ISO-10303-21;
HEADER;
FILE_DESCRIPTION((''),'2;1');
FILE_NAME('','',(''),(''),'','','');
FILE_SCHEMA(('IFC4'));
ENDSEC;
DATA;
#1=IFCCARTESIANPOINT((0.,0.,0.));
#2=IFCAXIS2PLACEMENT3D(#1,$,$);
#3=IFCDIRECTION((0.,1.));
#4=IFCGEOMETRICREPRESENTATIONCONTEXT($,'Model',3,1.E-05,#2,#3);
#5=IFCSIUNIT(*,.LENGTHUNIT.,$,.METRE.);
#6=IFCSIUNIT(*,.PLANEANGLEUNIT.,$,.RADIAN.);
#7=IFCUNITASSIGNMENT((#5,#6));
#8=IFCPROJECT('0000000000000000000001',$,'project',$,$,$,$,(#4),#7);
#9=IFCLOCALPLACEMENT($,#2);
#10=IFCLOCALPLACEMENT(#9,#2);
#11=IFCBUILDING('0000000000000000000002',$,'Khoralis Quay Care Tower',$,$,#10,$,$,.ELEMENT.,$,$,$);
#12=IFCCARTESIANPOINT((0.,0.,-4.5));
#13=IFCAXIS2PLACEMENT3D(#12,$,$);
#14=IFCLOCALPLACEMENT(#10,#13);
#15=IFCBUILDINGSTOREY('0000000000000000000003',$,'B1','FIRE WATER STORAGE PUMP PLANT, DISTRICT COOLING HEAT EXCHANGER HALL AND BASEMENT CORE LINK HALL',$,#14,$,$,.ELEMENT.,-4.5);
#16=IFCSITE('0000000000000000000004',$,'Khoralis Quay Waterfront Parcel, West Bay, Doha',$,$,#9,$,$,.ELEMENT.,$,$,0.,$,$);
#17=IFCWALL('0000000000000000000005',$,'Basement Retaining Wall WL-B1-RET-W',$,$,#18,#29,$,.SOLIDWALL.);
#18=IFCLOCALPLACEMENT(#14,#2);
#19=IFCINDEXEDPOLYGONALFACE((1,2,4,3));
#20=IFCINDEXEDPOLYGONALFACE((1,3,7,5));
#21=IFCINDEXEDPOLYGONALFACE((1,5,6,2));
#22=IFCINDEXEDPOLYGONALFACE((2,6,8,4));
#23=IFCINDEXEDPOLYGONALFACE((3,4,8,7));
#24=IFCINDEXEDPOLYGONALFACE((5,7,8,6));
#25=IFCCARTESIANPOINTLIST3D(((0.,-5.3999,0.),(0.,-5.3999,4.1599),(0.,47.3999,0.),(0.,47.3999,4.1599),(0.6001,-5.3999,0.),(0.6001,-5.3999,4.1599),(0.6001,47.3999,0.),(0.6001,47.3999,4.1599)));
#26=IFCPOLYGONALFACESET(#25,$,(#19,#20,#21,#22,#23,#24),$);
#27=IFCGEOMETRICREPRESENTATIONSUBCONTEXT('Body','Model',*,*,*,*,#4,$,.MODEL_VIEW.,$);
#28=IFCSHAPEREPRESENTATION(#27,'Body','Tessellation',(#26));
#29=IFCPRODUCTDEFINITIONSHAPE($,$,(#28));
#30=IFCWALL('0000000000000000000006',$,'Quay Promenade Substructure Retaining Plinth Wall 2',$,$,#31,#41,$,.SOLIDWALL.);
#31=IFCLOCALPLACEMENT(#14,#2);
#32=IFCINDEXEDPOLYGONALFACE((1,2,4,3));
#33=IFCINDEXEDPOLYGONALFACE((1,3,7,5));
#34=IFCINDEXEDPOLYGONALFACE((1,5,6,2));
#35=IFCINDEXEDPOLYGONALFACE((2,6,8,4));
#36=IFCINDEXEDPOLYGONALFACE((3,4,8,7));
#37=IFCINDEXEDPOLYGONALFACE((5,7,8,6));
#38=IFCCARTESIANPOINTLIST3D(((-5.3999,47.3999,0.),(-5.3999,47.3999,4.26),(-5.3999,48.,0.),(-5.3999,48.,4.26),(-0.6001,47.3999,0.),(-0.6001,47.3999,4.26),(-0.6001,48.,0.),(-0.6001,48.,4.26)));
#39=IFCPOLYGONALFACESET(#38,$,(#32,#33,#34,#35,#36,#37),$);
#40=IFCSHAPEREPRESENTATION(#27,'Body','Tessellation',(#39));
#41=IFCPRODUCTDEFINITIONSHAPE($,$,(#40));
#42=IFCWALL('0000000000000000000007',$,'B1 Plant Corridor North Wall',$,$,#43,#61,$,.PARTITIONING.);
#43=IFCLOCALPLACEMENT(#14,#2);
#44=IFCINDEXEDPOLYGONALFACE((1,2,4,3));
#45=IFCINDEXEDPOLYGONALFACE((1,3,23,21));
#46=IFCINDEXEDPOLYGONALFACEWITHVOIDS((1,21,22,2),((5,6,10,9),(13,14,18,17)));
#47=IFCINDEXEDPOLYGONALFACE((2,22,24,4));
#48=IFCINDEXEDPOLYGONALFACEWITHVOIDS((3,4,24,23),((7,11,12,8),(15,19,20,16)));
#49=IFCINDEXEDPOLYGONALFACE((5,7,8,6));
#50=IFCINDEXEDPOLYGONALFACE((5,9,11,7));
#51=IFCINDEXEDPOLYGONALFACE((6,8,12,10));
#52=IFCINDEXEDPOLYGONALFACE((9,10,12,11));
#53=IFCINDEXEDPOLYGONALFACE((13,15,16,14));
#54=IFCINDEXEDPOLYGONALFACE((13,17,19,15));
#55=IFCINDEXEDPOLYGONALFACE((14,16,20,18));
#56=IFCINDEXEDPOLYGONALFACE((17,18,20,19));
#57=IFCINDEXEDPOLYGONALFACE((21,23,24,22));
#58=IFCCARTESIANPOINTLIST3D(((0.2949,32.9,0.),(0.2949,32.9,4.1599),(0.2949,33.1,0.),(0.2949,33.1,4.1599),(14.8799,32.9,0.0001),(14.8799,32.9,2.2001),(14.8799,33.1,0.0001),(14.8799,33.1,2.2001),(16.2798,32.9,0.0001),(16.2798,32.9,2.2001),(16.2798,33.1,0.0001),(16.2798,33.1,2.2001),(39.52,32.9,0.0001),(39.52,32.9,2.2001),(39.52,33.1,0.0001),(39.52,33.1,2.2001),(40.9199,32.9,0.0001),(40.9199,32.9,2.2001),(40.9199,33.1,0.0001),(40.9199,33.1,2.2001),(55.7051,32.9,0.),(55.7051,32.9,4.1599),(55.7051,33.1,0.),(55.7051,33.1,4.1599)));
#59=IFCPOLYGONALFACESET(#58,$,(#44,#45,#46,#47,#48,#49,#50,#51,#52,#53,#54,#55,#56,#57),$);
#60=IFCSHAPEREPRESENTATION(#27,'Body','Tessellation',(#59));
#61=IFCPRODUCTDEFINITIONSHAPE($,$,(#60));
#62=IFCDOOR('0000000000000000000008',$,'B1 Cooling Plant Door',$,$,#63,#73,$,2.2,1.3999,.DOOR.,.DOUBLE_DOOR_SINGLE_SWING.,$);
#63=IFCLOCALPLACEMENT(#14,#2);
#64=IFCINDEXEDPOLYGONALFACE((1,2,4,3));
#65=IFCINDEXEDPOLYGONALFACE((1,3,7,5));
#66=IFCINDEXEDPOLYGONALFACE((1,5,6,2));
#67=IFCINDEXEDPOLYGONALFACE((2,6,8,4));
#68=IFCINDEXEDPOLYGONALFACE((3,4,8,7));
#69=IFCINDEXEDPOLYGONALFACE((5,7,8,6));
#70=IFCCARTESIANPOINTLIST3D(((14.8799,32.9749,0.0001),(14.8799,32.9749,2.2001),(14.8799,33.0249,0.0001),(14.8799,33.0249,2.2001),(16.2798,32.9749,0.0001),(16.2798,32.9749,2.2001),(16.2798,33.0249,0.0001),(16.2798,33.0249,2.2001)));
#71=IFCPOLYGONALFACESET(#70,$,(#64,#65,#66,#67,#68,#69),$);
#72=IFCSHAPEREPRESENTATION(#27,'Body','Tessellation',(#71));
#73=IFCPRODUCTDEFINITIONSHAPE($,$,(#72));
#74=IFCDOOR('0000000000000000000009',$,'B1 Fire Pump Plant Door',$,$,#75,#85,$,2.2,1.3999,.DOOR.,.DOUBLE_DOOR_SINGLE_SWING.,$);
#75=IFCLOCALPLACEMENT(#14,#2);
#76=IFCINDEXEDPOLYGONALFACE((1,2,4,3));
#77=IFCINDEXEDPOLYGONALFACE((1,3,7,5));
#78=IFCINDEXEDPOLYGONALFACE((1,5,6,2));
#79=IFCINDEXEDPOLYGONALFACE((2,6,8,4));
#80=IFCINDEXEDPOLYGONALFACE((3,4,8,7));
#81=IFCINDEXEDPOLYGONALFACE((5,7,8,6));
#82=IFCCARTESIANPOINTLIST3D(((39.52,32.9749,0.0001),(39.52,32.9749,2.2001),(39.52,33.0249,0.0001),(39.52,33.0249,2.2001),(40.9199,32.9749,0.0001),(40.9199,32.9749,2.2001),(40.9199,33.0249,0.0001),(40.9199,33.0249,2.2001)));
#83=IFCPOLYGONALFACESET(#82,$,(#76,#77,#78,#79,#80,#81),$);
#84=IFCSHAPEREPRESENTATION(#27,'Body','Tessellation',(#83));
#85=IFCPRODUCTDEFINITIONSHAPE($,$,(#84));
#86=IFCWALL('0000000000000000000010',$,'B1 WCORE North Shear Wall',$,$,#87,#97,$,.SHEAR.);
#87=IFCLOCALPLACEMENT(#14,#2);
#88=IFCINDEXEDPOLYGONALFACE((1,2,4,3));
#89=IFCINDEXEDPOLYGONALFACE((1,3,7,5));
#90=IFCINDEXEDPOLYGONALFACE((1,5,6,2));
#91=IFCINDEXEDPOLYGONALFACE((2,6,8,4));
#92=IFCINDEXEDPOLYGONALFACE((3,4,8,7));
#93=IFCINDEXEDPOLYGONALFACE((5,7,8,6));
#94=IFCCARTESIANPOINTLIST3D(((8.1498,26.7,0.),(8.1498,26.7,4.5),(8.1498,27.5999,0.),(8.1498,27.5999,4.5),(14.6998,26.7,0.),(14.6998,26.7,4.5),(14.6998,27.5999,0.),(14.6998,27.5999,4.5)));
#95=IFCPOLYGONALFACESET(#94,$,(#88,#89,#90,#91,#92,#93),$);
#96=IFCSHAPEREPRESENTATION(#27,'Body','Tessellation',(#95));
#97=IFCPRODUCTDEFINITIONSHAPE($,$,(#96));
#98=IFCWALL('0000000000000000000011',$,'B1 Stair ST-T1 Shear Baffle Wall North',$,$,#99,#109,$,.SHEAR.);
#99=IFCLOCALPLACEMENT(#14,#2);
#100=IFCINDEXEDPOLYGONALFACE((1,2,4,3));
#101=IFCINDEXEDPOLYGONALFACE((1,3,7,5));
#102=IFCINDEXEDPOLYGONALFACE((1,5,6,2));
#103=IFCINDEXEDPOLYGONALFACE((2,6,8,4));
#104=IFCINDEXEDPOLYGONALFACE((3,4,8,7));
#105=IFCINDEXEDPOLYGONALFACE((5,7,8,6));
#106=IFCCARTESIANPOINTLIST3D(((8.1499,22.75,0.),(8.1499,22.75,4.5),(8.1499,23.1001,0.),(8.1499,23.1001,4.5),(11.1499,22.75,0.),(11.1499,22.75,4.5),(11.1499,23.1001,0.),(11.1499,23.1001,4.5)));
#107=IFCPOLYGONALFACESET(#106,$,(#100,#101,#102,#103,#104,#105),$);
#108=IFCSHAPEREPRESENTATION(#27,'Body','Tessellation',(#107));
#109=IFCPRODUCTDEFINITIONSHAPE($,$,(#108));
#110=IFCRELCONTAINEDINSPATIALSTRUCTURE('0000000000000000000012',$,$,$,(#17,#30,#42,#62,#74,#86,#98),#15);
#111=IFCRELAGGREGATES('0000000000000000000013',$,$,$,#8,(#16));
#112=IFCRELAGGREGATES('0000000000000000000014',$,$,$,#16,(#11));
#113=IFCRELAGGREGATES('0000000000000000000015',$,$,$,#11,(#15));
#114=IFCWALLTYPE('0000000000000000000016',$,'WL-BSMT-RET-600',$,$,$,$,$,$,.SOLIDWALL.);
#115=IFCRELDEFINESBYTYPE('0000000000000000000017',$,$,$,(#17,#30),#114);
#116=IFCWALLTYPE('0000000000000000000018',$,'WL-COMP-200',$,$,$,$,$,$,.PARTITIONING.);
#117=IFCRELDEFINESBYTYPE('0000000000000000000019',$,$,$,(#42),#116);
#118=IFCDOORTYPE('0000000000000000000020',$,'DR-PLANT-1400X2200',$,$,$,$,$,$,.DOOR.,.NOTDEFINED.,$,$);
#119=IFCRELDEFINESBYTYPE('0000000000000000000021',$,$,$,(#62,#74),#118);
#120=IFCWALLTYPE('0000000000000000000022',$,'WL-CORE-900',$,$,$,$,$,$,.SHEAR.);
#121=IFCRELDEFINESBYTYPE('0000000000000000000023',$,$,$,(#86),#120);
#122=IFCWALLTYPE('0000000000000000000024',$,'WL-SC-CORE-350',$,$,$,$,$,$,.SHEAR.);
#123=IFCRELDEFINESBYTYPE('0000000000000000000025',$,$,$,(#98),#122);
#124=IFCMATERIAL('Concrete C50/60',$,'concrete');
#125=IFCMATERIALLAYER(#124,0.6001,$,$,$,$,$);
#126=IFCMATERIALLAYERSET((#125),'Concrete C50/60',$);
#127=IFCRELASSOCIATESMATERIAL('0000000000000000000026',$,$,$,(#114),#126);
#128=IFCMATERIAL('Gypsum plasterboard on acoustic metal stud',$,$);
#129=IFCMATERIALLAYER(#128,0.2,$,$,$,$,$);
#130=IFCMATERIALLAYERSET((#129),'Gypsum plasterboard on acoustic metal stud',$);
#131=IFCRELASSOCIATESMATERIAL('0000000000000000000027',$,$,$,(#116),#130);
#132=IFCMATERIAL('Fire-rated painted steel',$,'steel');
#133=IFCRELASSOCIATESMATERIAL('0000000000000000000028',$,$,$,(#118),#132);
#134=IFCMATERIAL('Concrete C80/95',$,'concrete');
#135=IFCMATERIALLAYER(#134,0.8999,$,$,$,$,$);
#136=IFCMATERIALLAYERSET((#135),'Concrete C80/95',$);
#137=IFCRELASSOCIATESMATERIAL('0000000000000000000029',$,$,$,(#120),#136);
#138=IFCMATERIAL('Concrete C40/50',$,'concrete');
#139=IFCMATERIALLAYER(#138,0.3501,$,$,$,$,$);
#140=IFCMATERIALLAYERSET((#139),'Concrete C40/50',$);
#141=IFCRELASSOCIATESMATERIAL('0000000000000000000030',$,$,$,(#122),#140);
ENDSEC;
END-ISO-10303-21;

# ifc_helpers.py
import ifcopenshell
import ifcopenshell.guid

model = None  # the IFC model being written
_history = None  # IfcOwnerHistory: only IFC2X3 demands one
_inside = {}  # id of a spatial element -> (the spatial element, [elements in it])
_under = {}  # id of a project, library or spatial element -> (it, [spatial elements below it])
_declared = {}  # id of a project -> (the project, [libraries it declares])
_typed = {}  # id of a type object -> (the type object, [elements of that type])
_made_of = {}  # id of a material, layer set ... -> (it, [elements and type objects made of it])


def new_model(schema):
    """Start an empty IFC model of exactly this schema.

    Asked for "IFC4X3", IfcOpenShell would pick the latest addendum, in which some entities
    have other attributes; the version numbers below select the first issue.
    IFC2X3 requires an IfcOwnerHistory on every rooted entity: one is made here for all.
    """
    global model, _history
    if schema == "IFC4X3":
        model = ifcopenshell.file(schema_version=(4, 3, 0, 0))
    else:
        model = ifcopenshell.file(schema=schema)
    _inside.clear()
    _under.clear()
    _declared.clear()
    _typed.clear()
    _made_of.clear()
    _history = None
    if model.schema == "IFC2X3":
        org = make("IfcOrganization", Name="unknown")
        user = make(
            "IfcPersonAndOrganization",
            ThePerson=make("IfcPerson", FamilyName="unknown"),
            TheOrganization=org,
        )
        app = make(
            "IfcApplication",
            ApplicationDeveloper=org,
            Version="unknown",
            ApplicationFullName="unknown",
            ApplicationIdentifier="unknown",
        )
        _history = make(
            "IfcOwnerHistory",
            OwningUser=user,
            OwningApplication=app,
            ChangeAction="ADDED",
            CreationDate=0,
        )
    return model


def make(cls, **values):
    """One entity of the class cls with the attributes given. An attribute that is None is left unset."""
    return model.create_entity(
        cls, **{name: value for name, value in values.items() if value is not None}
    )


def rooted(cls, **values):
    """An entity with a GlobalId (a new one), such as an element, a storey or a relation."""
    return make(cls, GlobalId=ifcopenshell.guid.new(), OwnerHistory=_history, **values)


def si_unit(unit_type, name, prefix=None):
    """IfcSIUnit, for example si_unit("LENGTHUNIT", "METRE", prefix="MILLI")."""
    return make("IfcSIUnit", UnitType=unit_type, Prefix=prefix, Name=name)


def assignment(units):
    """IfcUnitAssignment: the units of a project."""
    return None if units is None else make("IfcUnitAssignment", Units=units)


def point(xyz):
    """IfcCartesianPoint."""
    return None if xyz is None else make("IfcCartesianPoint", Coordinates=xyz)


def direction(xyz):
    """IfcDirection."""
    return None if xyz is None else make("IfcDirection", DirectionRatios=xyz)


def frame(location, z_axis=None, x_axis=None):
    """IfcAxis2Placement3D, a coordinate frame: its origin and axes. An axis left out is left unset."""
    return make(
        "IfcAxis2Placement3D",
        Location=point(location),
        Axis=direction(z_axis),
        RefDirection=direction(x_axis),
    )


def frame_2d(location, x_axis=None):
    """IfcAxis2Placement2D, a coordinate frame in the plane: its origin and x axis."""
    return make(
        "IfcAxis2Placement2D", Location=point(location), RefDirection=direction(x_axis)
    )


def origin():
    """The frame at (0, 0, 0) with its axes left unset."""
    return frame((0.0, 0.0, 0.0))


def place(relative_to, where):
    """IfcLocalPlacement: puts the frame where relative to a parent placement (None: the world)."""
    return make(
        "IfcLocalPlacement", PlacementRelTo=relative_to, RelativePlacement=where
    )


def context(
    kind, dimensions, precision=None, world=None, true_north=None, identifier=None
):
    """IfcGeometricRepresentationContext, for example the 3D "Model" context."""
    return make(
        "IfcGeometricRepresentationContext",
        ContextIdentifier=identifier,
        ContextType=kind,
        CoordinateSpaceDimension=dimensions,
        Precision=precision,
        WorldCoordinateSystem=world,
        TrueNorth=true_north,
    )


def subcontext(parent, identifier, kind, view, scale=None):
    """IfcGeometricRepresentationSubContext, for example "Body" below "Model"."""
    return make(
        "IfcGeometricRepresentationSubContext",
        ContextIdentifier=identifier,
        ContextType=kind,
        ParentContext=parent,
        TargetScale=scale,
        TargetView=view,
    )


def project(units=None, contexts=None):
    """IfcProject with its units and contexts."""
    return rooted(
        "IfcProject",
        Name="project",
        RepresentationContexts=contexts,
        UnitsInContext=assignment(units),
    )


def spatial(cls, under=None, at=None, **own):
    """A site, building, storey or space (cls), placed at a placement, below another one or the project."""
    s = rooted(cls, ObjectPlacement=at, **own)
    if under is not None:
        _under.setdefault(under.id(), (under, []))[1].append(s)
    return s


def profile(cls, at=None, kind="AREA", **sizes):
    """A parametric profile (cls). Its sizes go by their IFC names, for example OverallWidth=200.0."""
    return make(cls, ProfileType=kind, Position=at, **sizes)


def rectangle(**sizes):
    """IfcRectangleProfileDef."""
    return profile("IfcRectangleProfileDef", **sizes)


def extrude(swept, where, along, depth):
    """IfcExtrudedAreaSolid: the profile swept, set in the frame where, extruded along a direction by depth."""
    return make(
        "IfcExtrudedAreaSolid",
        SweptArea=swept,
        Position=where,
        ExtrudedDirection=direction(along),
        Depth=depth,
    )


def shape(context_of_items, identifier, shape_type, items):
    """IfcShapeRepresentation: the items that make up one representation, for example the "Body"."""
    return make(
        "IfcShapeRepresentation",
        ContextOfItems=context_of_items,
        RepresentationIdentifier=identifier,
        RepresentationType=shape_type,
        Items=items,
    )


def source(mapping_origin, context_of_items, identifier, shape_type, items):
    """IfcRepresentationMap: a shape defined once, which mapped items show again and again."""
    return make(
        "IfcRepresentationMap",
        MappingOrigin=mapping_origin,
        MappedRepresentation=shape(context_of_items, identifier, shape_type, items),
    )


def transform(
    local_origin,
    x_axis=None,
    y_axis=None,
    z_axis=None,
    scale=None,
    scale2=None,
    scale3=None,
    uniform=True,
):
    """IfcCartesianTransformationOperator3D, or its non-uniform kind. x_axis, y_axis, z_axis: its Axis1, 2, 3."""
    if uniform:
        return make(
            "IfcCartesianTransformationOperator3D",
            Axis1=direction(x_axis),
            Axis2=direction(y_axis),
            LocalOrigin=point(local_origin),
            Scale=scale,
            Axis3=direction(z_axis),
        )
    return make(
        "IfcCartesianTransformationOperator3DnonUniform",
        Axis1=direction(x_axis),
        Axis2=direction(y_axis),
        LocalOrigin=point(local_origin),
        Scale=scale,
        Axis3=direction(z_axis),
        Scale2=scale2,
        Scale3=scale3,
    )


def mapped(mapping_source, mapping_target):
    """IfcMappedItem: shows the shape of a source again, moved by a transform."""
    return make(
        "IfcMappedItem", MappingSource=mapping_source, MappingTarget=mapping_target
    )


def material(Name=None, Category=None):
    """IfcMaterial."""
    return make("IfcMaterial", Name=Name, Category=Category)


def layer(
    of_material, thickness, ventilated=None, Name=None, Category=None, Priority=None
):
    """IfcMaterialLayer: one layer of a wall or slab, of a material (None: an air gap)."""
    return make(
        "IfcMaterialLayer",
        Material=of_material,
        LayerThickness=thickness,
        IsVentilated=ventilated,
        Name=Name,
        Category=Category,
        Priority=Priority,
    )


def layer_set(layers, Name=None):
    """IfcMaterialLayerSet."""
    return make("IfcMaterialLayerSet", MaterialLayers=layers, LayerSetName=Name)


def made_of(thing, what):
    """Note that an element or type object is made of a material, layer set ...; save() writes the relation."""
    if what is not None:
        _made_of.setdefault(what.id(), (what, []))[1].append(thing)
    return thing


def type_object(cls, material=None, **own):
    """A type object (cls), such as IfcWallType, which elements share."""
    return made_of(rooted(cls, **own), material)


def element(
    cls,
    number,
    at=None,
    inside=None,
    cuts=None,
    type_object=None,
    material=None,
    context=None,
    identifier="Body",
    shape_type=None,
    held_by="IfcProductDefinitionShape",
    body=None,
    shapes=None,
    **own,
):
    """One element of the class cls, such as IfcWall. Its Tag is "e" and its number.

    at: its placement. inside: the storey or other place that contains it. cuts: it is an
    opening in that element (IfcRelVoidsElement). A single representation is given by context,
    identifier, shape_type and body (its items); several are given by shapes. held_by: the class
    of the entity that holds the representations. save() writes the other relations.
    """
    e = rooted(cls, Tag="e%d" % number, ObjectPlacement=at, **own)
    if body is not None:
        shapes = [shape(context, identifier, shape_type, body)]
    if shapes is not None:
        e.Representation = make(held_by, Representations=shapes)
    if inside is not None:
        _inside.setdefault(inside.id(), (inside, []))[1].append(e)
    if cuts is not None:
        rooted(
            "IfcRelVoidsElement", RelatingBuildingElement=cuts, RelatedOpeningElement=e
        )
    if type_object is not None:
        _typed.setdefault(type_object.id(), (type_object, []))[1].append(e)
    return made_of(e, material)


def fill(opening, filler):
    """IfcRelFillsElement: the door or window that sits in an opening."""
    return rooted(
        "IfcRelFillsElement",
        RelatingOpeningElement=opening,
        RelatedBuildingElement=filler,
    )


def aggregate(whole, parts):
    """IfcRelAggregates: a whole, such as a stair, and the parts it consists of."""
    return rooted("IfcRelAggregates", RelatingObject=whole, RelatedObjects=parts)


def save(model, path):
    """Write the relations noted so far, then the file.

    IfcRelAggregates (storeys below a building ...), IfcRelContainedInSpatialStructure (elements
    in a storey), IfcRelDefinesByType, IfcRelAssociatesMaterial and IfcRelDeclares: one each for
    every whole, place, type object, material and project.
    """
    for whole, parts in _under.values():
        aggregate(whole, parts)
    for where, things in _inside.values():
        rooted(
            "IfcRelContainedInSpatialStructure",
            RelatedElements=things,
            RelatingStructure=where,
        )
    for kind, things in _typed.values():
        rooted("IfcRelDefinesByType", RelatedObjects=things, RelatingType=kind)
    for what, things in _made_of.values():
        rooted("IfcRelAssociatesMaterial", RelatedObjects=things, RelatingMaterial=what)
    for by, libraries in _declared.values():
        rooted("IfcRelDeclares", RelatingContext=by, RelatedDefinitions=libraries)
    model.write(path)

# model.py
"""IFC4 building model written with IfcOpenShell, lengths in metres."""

from ifc_helpers import new_model, si_unit, direction, frame, frame_2d, origin, place, context, subcontext, project, spatial, rectangle, extrude, source, transform, mapped, material, layer, layer_set, type_object, element, fill, save


model = new_model("IFC4")

# Units and contexts
model_context = context("Model", 3, precision=1e-05, world=origin(), true_north=direction((0.0, 1.0)))
body_context = subcontext(model_context, "Body", "Model", "MODEL_VIEW")
ifc_project = project(units=[si_unit("LENGTHUNIT", "METRE"), si_unit("PLANEANGLEUNIT", "RADIAN")], contexts=[model_context])

# Site, building, storey
site_placement = place(None, origin())
site = spatial("IfcSite", under=ifc_project, at=site_placement, Name="Khoralis Quay Waterfront Parcel, West Bay, Doha", CompositionType="ELEMENT", RefElevation=0.0)
building_placement = place(site_placement, origin())
building = spatial("IfcBuilding", under=site, at=building_placement, Name="Khoralis Quay Care Tower", CompositionType="ELEMENT")
storey_placement = place(building_placement, frame((0.0, 0.0, -4.5)))
storey = spatial("IfcBuildingStorey", under=building, at=storey_placement, Name="B1", Description="FIRE WATER STORAGE PUMP PLANT, DISTRICT COOLING HEAT EXCHANGER HALL AND BASEMENT CORE LINK HALL", CompositionType="ELEMENT", Elevation=-4.5)

# Shared definitions
ifc_material_1 = material(Name="Concrete C50/60", Category="concrete")

# Shared definitions
ifc_material_2 = material(Name="Concrete C80/95", Category="concrete")

# Walls
ifc_layer_1 = layer(ifc_material_1, 0.6001)
ifc_layer_set_1 = layer_set([ifc_layer_1], Name="Concrete C50/60")
wall_type_1 = type_object("IfcWallType", Name="WL-BSMT-RET-600", PredefinedType="SOLIDWALL", material=ifc_layer_set_1)
wall_1_placement = place(storey_placement, frame((0.3, 47.3999, 0.0), z_axis=(0.0, 0.0, 1.0), x_axis=(0.0, -1.0, 0.0)))
element("IfcWall", 1, at=wall_1_placement, inside=storey, type_object=wall_type_1, Name="Basement Retaining Wall WL-B1-RET-W", PredefinedType="SOLIDWALL", context=body_context, shape_type="SweptSolid", body=[
    extrude(rectangle(XDim=52.7998, YDim=0.6001, at=frame_2d((26.3999, 0.0))), origin(), (0.0, 0.0, 1.0), 4.1599),
])
wall_2_placement = place(storey_placement, frame((-5.3999, 47.7, 0.0), z_axis=(0.0, 0.0, 1.0), x_axis=(1.0, 0.0, 0.0)))
element("IfcWall", 2, at=wall_2_placement, inside=storey, type_object=wall_type_1, Name="Quay Promenade Substructure Retaining Plinth Wall 2", PredefinedType="SOLIDWALL", context=body_context, shape_type="SweptSolid", body=[
    extrude(rectangle(XDim=4.7998, YDim=0.6001, at=frame_2d((2.3999, 0.0))), origin(), (0.0, 0.0, 1.0), 4.26),
])

# Wall, openings, doors
ifc_material_3 = material(Name="Gypsum plasterboard on acoustic metal stud")
ifc_layer_2 = layer(ifc_material_3, 0.2)
ifc_layer_set_2 = layer_set([ifc_layer_2], Name="Gypsum plasterboard on acoustic metal stud")
wall_type_2 = type_object("IfcWallType", Name="WL-COMP-200", PredefinedType="PARTITIONING", material=ifc_layer_set_2)
wall_3_placement = place(storey_placement, frame((0.2949, 33.0, 0.0), z_axis=(0.0, 0.0, 1.0), x_axis=(1.0, 0.0, 0.0)))
wall_3 = element("IfcWall", 3, at=wall_3_placement, inside=storey, type_object=wall_type_2, Name="B1 Plant Corridor North Wall", PredefinedType="PARTITIONING", context=body_context, shape_type="SweptSolid", body=[
    extrude(rectangle(XDim=55.4102, YDim=0.2, at=frame_2d((27.7051, 0.0))), origin(), (0.0, 0.0, 1.0), 4.1599),
])
opening_1_placement = place(wall_3_placement, frame((14.585, 0.0, 0.0)))
opening_1 = element("IfcOpeningElement", 4, at=opening_1_placement, cuts=wall_3, PredefinedType="OPENING", context=body_context, shape_type="SweptSolid", body=[
    extrude(rectangle(XDim=1.3999, YDim=2.2, at=frame_2d((0.7, 1.1001))), frame((0.0, 0.1099, 0.0), z_axis=(0.0, -1.0, 0.0), x_axis=(1.0, 0.0, 0.0)), (0.0, 0.0, 1.0), 0.22),
])
opening_2_placement = place(wall_3_placement, frame((39.2251, 0.0, 0.0)))
opening_2 = element("IfcOpeningElement", 5, at=opening_2_placement, cuts=wall_3, PredefinedType="OPENING", context=body_context, shape_type="SweptSolid", body=[
    extrude(rectangle(XDim=1.3999, YDim=2.2, at=frame_2d((0.7, 1.1001))), frame((0.0, 0.1099, 0.0), z_axis=(0.0, -1.0, 0.0), x_axis=(1.0, 0.0, 0.0)), (0.0, 0.0, 1.0), 0.22),
])
ifc_material_4 = material(Name="Fire-rated painted steel", Category="steel")
door_type = type_object("IfcDoorType", Name="DR-PLANT-1400X2200", OperationType="NOTDEFINED", PredefinedType="DOOR", material=ifc_material_4)
shared_shape_1 = source(origin(), body_context, "Body", "SweptSolid", [
    extrude(rectangle(XDim=1.3999, YDim=2.2, at=frame_2d((0.7, 1.1001))), frame((0.0, 0.0249, 0.0), z_axis=(0.0, -1.0, 0.0), x_axis=(1.0, 0.0, 0.0)), (0.0, 0.0, 1.0), 0.05),
])
door_1_placement = place(opening_1_placement, origin())
door_1 = element("IfcDoor", 6, at=door_1_placement, inside=storey, type_object=door_type, Name="B1 Cooling Plant Door", OperationType="DOUBLE_DOOR_SINGLE_SWING", OverallHeight=2.2, OverallWidth=1.3999, PredefinedType="DOOR", context=body_context, shape_type="MappedRepresentation", body=[
    mapped(shared_shape_1, transform((0.0, 0.0, 0.0), scale=1.0)),
])
fill(opening_1, door_1)
door_2_placement = place(opening_2_placement, origin())
door_2 = element("IfcDoor", 7, at=door_2_placement, inside=storey, type_object=door_type, Name="B1 Fire Pump Plant Door", OperationType="DOUBLE_DOOR_SINGLE_SWING", OverallHeight=2.2, OverallWidth=1.3999, PredefinedType="DOOR", context=body_context, shape_type="MappedRepresentation", body=[
    mapped(shared_shape_1, transform((0.0, 0.0, 0.0), scale=1.0)),
])
fill(opening_2, door_2)

# Walls
ifc_layer_3 = layer(ifc_material_2, 0.8999)
ifc_layer_set_3 = layer_set([ifc_layer_3], Name="Concrete C80/95")
wall_type_3 = type_object("IfcWallType", Name="WL-CORE-900", PredefinedType="SHEAR", material=ifc_layer_set_3)
wall_4_placement = place(storey_placement, frame((8.1499, 27.1499, 0.0), z_axis=(0.0, 0.0, 1.0), x_axis=(1.0, 0.0, 0.0)))
element("IfcWall", 8, at=wall_4_placement, inside=storey, type_object=wall_type_3, Name="B1 WCORE North Shear Wall", PredefinedType="SHEAR", context=body_context, shape_type="SweptSolid", body=[
    extrude(rectangle(XDim=6.55, YDim=0.8999, at=frame_2d((3.2749, 0.0))), origin(), (0.0, 0.0, 1.0), 4.5),
])
ifc_material_5 = material(Name="Concrete C40/50", Category="concrete")
ifc_layer_4 = layer(ifc_material_5, 0.3501)
ifc_layer_set_4 = layer_set([ifc_layer_4], Name="Concrete C40/50")
wall_type_4 = type_object("IfcWallType", Name="WL-SC-CORE-350", PredefinedType="SHEAR", material=ifc_layer_set_4)
wall_5_placement = place(storey_placement, frame((8.1499, 22.925, 0.0), z_axis=(0.0, 0.0, 1.0), x_axis=(1.0, 0.0, 0.0)))
element("IfcWall", 9, at=wall_5_placement, inside=storey, type_object=wall_type_4, Name="B1 Stair ST-T1 Shear Baffle Wall North", PredefinedType="SHEAR", context=body_context, shape_type="SweptSolid", body=[
    extrude(rectangle(XDim=3.0, YDim=0.3501, at=frame_2d((1.5, 0.0))), origin(), (0.0, 0.0, 1.0), 4.5),
])

save(model, "model.ifc")
